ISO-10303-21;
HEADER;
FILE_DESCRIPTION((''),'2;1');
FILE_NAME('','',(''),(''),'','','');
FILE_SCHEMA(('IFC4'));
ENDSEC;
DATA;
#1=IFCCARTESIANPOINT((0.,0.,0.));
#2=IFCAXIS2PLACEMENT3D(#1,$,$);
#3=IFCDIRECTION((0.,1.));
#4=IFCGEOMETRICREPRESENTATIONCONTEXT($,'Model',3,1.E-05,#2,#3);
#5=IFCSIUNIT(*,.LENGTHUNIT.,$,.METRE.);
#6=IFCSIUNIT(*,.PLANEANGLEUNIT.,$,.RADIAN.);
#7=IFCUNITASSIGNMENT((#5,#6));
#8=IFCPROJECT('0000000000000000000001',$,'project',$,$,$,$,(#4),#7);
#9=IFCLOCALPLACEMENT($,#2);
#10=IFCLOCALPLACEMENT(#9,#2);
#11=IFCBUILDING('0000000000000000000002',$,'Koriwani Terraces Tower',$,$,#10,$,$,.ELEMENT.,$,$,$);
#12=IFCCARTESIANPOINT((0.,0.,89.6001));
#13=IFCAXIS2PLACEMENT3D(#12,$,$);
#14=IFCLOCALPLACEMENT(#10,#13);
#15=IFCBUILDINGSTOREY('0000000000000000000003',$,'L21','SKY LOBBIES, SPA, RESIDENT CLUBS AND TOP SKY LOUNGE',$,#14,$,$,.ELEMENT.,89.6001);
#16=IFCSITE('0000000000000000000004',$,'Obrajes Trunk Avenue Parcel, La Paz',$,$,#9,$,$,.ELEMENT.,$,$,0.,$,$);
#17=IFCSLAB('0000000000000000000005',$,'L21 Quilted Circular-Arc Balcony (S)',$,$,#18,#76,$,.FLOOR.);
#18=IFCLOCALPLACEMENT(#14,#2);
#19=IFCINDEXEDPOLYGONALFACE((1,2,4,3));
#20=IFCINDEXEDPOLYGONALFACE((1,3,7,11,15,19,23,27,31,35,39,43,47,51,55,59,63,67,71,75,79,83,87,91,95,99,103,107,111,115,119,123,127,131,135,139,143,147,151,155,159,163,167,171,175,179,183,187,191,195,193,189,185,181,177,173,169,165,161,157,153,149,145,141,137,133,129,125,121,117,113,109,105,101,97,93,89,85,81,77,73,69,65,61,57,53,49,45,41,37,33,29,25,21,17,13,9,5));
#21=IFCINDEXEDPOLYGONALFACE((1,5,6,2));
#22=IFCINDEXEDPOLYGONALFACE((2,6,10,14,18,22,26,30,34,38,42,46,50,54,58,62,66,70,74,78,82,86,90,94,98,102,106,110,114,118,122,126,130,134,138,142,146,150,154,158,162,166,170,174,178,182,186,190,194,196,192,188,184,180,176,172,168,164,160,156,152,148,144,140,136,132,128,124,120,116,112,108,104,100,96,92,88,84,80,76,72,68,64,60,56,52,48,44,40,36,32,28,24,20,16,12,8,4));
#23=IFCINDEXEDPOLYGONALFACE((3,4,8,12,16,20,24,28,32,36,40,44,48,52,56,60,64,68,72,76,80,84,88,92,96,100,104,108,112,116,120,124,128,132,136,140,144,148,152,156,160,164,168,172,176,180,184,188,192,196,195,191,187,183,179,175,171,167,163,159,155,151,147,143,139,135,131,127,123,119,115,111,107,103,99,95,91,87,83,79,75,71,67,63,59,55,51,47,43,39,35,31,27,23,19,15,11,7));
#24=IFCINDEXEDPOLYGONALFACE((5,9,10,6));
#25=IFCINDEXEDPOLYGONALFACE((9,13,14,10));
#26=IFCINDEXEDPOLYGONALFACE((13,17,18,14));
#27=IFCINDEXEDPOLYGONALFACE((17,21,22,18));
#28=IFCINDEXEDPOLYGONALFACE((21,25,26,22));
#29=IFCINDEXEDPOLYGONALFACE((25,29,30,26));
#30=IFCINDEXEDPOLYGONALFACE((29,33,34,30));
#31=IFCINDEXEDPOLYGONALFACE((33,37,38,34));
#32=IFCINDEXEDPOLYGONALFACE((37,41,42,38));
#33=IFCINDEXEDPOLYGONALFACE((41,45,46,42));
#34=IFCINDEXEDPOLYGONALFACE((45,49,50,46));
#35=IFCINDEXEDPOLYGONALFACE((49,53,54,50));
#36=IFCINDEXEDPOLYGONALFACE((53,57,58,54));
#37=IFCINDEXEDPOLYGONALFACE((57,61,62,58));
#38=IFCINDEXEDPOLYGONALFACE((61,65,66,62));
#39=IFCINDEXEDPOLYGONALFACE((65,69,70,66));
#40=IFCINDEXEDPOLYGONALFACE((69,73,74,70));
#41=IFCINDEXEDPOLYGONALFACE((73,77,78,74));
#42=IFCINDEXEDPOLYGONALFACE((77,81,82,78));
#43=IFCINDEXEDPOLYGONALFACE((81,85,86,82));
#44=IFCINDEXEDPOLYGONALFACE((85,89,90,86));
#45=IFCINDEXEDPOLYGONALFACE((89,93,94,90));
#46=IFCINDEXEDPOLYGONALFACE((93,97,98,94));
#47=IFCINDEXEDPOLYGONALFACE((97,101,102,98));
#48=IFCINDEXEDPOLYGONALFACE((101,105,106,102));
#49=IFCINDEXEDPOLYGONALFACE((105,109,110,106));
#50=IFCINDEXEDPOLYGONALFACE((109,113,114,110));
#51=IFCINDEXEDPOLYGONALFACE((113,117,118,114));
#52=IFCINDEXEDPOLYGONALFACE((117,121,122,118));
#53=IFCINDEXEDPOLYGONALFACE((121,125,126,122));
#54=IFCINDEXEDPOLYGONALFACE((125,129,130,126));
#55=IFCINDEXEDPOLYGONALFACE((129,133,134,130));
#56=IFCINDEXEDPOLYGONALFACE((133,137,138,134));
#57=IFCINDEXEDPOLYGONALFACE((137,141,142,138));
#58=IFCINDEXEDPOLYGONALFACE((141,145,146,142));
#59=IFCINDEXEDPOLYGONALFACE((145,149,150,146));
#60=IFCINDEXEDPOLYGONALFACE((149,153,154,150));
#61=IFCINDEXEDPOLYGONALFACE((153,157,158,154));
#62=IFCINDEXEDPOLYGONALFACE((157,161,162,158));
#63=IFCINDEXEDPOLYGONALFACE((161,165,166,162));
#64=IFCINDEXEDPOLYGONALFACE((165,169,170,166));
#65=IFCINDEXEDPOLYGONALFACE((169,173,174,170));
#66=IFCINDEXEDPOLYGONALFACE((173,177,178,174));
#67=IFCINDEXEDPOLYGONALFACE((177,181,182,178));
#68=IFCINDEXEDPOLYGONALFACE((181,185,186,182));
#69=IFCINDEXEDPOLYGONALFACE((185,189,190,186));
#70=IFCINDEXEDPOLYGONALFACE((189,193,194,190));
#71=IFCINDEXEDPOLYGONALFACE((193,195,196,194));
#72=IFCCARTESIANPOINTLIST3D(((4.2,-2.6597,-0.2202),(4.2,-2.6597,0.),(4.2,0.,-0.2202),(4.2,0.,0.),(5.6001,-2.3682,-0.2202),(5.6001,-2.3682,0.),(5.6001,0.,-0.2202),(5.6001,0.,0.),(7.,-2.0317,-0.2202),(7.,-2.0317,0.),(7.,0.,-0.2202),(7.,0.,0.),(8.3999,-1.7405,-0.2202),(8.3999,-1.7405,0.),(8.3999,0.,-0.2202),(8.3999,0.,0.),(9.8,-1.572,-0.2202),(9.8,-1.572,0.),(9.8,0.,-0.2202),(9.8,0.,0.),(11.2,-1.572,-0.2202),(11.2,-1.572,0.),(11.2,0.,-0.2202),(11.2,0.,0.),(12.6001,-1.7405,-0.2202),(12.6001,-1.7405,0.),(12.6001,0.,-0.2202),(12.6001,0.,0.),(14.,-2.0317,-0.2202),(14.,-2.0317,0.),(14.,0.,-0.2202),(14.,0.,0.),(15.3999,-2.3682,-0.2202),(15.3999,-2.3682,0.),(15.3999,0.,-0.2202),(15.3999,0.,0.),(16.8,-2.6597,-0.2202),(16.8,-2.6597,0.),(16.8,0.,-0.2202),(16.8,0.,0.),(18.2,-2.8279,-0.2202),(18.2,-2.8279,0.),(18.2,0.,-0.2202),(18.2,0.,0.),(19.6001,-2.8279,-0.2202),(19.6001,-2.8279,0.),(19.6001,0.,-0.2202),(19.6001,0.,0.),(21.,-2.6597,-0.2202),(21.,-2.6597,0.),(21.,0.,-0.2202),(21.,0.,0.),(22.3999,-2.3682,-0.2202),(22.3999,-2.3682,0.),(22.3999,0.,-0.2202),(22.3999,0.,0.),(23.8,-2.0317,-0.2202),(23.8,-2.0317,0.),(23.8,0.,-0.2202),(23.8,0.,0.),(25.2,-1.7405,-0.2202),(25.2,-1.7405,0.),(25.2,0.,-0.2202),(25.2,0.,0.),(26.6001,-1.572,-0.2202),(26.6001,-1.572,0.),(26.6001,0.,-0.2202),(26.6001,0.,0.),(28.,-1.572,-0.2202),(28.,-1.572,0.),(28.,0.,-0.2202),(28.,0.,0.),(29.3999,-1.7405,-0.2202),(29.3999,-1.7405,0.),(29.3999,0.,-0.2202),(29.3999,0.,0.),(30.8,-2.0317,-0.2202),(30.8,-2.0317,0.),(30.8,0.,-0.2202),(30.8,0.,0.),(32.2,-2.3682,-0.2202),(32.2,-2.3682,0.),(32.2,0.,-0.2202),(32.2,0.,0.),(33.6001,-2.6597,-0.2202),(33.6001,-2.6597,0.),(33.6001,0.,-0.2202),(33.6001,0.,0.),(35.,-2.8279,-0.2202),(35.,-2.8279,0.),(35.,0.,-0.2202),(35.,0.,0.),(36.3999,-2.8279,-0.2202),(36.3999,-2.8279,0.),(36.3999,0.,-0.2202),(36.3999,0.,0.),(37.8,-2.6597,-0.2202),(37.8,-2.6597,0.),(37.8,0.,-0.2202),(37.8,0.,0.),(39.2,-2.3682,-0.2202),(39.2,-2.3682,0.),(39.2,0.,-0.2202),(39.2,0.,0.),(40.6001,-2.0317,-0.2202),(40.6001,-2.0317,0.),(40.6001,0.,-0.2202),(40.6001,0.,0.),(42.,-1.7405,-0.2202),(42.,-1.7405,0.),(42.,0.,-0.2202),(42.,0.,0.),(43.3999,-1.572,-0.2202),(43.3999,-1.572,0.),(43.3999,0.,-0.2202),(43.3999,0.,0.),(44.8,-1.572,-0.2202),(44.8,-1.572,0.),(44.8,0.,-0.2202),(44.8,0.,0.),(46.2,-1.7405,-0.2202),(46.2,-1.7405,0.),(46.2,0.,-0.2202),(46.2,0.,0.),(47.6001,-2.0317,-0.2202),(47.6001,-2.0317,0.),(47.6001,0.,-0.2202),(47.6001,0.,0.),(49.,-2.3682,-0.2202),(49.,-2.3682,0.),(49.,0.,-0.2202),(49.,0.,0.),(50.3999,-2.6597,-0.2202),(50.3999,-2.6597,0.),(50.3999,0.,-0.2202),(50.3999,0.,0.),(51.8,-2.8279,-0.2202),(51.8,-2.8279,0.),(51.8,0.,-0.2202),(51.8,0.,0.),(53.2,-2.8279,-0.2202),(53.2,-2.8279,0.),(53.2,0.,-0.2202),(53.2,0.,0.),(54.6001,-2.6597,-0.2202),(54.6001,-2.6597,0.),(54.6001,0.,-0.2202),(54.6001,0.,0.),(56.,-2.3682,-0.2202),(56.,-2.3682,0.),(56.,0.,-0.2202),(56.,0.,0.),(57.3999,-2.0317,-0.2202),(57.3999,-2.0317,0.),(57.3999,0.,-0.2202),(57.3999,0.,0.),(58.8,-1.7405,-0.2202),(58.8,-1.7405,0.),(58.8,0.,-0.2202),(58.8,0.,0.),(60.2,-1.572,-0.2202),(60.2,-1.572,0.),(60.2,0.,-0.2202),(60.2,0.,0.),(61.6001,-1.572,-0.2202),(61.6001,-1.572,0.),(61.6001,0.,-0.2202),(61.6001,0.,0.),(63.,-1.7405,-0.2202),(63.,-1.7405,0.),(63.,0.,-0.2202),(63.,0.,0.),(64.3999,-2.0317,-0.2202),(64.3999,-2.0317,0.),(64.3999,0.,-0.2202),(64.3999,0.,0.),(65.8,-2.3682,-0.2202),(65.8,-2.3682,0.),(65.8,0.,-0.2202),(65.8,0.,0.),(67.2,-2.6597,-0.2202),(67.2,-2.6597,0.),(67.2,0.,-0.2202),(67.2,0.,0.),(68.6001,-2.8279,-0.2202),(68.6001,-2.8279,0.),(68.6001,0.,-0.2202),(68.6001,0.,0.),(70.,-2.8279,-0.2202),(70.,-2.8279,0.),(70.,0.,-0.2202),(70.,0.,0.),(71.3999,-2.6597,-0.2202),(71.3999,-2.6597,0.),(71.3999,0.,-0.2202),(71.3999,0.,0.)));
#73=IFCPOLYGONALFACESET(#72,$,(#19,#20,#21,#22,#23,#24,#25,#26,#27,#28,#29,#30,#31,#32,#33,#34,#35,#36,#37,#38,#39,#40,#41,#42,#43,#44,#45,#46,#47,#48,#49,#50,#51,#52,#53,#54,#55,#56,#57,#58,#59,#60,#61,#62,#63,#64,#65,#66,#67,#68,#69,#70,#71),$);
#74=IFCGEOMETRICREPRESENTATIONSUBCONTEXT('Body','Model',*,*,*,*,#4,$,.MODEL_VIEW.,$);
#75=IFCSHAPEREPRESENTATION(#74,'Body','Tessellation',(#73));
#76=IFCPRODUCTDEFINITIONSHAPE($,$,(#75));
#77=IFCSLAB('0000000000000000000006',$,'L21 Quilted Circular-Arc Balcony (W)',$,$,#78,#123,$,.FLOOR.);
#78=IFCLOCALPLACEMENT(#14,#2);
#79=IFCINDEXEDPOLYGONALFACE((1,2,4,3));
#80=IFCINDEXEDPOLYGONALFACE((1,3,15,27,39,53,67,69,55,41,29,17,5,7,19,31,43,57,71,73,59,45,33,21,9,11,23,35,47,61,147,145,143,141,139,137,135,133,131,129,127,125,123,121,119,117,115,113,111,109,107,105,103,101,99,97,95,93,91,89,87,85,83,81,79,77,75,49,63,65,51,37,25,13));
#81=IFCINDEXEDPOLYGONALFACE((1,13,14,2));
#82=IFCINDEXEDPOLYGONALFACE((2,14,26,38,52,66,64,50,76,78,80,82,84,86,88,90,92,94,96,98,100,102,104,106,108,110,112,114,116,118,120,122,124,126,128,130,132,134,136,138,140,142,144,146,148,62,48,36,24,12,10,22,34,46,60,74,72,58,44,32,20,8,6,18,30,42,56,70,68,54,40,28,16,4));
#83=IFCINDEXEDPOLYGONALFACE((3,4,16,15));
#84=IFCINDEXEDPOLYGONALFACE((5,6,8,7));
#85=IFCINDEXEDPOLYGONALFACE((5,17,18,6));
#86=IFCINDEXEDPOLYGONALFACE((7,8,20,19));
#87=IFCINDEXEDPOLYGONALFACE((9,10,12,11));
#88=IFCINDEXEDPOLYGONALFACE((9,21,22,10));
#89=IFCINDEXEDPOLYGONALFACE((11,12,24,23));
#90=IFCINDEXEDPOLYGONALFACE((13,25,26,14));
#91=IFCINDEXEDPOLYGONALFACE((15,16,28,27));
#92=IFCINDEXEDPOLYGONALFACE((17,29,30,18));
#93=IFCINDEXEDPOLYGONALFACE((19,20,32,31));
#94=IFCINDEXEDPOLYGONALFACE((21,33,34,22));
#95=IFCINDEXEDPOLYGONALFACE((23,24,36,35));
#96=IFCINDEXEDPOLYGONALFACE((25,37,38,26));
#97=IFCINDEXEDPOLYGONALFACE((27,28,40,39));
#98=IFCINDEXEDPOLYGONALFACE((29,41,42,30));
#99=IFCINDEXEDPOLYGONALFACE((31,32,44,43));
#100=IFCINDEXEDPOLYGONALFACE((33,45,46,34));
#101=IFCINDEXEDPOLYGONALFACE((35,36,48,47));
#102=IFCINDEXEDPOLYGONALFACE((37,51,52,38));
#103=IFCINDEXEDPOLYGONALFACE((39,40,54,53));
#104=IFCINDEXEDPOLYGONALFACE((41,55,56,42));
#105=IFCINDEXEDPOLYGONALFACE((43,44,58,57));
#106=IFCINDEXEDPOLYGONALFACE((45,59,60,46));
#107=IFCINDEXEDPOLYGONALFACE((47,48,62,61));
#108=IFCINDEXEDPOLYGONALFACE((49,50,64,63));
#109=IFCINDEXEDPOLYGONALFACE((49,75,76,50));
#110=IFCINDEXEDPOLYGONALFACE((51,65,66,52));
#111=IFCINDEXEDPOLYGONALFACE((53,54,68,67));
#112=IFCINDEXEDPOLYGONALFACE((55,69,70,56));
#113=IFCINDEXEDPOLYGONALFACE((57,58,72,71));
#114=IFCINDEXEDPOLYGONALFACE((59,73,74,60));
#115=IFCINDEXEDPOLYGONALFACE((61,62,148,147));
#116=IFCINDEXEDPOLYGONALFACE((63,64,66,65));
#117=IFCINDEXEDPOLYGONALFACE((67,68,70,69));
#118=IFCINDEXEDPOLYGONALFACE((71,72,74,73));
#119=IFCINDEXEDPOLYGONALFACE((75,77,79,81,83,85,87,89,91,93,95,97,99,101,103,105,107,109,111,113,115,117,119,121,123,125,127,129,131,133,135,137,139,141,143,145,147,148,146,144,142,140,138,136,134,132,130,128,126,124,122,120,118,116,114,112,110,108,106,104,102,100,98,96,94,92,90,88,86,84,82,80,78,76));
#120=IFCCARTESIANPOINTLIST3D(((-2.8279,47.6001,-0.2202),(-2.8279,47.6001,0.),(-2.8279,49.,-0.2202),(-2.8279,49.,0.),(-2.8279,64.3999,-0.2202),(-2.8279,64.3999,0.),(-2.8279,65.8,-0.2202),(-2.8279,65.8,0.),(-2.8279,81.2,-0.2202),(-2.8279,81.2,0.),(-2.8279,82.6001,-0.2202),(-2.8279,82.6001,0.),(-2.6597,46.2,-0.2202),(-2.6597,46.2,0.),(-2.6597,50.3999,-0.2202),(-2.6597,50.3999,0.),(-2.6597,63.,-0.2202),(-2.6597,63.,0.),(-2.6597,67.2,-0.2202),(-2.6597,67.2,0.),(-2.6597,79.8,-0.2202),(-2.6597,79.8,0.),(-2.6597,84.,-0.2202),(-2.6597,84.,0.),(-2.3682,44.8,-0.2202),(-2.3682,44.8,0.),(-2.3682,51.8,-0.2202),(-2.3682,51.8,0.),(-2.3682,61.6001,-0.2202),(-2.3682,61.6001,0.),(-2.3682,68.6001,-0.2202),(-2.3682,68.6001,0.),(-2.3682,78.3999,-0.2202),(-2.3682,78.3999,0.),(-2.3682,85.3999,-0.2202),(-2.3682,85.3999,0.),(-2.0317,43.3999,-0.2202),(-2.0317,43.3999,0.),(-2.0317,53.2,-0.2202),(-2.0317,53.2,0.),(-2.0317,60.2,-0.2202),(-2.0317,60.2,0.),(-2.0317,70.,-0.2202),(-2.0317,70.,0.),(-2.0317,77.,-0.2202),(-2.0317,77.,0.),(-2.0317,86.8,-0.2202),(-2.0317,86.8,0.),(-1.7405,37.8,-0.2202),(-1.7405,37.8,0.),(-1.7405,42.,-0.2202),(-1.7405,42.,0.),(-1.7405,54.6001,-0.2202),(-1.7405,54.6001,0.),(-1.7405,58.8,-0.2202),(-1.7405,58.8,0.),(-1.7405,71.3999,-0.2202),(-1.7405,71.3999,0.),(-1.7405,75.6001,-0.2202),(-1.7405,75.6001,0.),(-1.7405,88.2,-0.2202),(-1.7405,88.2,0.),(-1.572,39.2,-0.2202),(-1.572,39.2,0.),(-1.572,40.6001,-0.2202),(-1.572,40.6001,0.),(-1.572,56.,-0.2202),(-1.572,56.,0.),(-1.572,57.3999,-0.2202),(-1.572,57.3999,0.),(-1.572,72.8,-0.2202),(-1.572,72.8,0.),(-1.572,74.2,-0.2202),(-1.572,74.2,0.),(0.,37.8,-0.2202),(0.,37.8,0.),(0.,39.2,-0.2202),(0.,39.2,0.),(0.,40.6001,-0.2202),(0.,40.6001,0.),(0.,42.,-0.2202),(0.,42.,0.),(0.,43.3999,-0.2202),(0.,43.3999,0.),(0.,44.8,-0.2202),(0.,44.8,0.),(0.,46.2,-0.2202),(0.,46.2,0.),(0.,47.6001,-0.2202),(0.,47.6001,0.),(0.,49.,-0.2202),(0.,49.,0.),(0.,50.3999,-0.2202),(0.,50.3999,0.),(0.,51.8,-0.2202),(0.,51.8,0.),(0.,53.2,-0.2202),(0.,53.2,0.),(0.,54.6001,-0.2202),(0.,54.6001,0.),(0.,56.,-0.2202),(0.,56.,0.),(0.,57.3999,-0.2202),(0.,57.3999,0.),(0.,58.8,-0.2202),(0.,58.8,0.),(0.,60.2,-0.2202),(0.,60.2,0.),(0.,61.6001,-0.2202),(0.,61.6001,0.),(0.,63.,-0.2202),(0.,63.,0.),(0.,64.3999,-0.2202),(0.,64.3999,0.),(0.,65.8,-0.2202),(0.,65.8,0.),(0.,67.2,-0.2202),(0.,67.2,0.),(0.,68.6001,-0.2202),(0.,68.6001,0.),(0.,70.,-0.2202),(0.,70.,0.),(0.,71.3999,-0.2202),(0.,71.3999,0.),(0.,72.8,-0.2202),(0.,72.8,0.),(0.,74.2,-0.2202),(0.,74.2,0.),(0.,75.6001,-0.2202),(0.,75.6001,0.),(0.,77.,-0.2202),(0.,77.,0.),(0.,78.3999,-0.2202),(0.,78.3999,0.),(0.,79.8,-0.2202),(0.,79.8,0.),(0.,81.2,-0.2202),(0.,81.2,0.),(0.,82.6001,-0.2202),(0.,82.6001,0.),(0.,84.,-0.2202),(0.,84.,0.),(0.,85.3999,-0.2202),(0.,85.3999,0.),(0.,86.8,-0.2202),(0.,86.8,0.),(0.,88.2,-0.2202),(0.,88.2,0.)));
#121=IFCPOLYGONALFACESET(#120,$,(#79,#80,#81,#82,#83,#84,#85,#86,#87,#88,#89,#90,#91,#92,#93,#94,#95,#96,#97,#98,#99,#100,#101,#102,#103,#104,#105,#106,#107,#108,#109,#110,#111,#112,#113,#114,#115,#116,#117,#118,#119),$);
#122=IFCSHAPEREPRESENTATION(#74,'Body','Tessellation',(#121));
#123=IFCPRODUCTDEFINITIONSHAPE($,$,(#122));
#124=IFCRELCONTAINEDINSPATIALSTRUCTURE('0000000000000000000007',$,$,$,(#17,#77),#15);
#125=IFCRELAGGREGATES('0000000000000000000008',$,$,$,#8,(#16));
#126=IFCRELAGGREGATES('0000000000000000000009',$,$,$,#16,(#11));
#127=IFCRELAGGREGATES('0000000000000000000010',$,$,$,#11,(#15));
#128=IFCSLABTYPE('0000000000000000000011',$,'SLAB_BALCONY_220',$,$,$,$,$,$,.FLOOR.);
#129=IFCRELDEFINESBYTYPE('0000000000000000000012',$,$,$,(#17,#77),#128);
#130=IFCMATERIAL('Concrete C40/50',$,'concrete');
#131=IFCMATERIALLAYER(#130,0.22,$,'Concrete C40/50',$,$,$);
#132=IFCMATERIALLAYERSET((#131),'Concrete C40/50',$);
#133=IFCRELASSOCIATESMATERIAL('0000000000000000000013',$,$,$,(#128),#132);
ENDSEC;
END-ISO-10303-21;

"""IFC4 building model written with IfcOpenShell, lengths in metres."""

from ifc_helpers import new_model, si_unit, direction, frame, origin, place, context, subcontext, project, spatial, polyline, outline, extrude, material, layer, layer_set, type_object, element, save


model = new_model("IFC4")

# Units and contexts
model_context = context("Model", 3, precision=1e-05, world=origin(), true_north=direction((0.0, 1.0)))
body_context = subcontext(model_context, "Body", "Model", "MODEL_VIEW")
ifc_project = project(units=[si_unit("LENGTHUNIT", "METRE"), si_unit("PLANEANGLEUNIT", "RADIAN")], contexts=[model_context])

# Site, building, storey
site_placement = place(None, origin())
site = spatial("IfcSite", under=ifc_project, at=site_placement, Name="Obrajes Trunk Avenue Parcel, La Paz", CompositionType="ELEMENT", RefElevation=0.0)
building_placement = place(site_placement, origin())
building = spatial("IfcBuilding", under=site, at=building_placement, Name="Koriwani Terraces Tower", CompositionType="ELEMENT")
storey_placement = place(building_placement, frame((0.0, 0.0, 89.6001)))
storey = spatial("IfcBuildingStorey", under=building, at=storey_placement, Name="L21", Description="SKY LOBBIES, SPA, RESIDENT CLUBS AND TOP SKY LOUNGE", CompositionType="ELEMENT", Elevation=89.6001)

# Shared definitions
ifc_material_1 = material(Name="Concrete C40/50", Category="concrete")

# Slabs
ifc_layer_1 = layer(ifc_material_1, 0.22, Name="Concrete C40/50")
ifc_layer_set_1 = layer_set([ifc_layer_1], Name="Concrete C40/50")
slab_type_1 = type_object("IfcSlabType", Name="SLAB_BALCONY_220", PredefinedType="FLOOR", material=ifc_layer_set_1)
slab_1_placement = place(storey_placement, frame((0.0, 0.0, -0.2202)))
element("IfcSlab", 1, at=slab_1_placement, inside=storey, type_object=slab_type_1, Name="L21 Quilted Circular-Arc Balcony (S)", PredefinedType="FLOOR", context=body_context, shape_type="SweptSolid", body=[
    extrude(outline(polyline([(4.2, 0.0), (5.6001, 0.0), (7.0, 0.0), (8.3999, 0.0), (9.8, 0.0), (11.2, 0.0), (12.6001, 0.0), (14.0, 0.0), (15.3999, 0.0), (16.8, 0.0), (18.2, 0.0), (19.6001, 0.0), (21.0, 0.0), (22.3999, 0.0), (23.8, 0.0), (25.2, 0.0), (26.6001, 0.0), (28.0, 0.0), (29.3999, 0.0), (30.8, 0.0), (32.2, 0.0), (33.6001, 0.0), (35.0, 0.0), (36.3999, 0.0), (37.8, 0.0), (39.2, 0.0), (40.6001, 0.0), (42.0, 0.0), (43.3999, 0.0), (44.8, 0.0), (46.2, 0.0), (47.6001, 0.0), (49.0, 0.0), (50.3999, 0.0), (51.8, 0.0), (53.2, 0.0), (54.6001, 0.0), (56.0, 0.0), (57.3999, 0.0), (58.8, 0.0), (60.2, 0.0), (61.6001, 0.0), (63.0, 0.0), (64.3999, 0.0), (65.8, 0.0), (67.2, 0.0), (68.6001, 0.0), (70.0, 0.0), (71.3999, 0.0), (71.3999, -2.6597), (70.0, -2.8279), (68.6001, -2.8279), (67.2, -2.6597), (65.8, -2.3682), (64.3999, -2.0317), (63.0, -1.7405), (61.6001, -1.572), (60.2, -1.572), (58.8, -1.7405), (57.3999, -2.0317), (56.0, -2.3682), (54.6001, -2.6597), (53.2, -2.8279), (51.8, -2.8279), (50.3999, -2.6597), (49.0, -2.3682), (47.6001, -2.0317), (46.2, -1.7405), (44.8, -1.572), (43.3999, -1.572), (42.0, -1.7405), (40.6001, -2.0317), (39.2, -2.3682), (37.8, -2.6597), (36.3999, -2.8279), (35.0, -2.8279), (33.6001, -2.6597), (32.2, -2.3682), (30.8, -2.0317), (29.3999, -1.7405), (28.0, -1.572), (26.6001, -1.572), (25.2, -1.7405), (23.8, -2.0317), (22.3999, -2.3682), (21.0, -2.6597), (19.6001, -2.8279), (18.2, -2.8279), (16.8, -2.6597), (15.3999, -2.3682), (14.0, -2.0317), (12.6001, -1.7405), (11.2, -1.572), (9.8, -1.572), (8.3999, -1.7405), (7.0, -2.0317), (5.6001, -2.3682), (4.2, -2.6597), (4.2, 0.0)])), origin(), (0.0, 0.0, 1.0), 0.2202),
])
slab_2_placement = place(storey_placement, frame((0.0, 0.0, -0.2202)))
element("IfcSlab", 2, at=slab_2_placement, inside=storey, type_object=slab_type_1, Name="L21 Quilted Circular-Arc Balcony (W)", PredefinedType="FLOOR", context=body_context, shape_type="SweptSolid", body=[
    extrude(outline(polyline([(0.0, 37.8), (0.0, 39.2), (0.0, 40.6001), (0.0, 42.0), (0.0, 43.3999), (0.0, 44.8), (0.0, 46.2), (0.0, 47.6001), (0.0, 49.0), (0.0, 50.3999), (0.0, 51.8), (0.0, 53.2), (0.0, 54.6001), (0.0, 56.0), (0.0, 57.3999), (0.0, 58.8), (0.0, 60.2), (0.0, 61.6001), (0.0, 63.0), (0.0, 64.3999), (0.0, 65.8), (0.0, 67.2), (0.0, 68.6001), (0.0, 70.0), (0.0, 71.3999), (0.0, 72.8), (0.0, 74.2), (0.0, 75.6001), (0.0, 77.0), (0.0, 78.3999), (0.0, 79.8), (0.0, 81.2), (0.0, 82.6001), (0.0, 84.0), (0.0, 85.3999), (0.0, 86.8), (0.0, 88.2), (-1.7405, 88.2), (-2.0317, 86.8), (-2.3682, 85.3999), (-2.6597, 84.0), (-2.8279, 82.6001), (-2.8279, 81.2), (-2.6597, 79.8), (-2.3682, 78.3999), (-2.0317, 77.0), (-1.7405, 75.6001), (-1.572, 74.2), (-1.572, 72.8), (-1.7405, 71.3999), (-2.0317, 70.0), (-2.3682, 68.6001), (-2.6597, 67.2), (-2.8279, 65.8), (-2.8279, 64.3999), (-2.6597, 63.0), (-2.3682, 61.6001), (-2.0317, 60.2), (-1.7405, 58.8), (-1.572, 57.3999), (-1.572, 56.0), (-1.7405, 54.6001), (-2.0317, 53.2), (-2.3682, 51.8), (-2.6597, 50.3999), (-2.8279, 49.0), (-2.8279, 47.6001), (-2.6597, 46.2), (-2.3682, 44.8), (-2.0317, 43.3999), (-1.7405, 42.0), (-1.572, 40.6001), (-1.572, 39.2), (-1.7405, 37.8), (0.0, 37.8)])), origin(), (0.0, 0.0, 1.0), 0.2202),
])

save(model, "model.ifc")
